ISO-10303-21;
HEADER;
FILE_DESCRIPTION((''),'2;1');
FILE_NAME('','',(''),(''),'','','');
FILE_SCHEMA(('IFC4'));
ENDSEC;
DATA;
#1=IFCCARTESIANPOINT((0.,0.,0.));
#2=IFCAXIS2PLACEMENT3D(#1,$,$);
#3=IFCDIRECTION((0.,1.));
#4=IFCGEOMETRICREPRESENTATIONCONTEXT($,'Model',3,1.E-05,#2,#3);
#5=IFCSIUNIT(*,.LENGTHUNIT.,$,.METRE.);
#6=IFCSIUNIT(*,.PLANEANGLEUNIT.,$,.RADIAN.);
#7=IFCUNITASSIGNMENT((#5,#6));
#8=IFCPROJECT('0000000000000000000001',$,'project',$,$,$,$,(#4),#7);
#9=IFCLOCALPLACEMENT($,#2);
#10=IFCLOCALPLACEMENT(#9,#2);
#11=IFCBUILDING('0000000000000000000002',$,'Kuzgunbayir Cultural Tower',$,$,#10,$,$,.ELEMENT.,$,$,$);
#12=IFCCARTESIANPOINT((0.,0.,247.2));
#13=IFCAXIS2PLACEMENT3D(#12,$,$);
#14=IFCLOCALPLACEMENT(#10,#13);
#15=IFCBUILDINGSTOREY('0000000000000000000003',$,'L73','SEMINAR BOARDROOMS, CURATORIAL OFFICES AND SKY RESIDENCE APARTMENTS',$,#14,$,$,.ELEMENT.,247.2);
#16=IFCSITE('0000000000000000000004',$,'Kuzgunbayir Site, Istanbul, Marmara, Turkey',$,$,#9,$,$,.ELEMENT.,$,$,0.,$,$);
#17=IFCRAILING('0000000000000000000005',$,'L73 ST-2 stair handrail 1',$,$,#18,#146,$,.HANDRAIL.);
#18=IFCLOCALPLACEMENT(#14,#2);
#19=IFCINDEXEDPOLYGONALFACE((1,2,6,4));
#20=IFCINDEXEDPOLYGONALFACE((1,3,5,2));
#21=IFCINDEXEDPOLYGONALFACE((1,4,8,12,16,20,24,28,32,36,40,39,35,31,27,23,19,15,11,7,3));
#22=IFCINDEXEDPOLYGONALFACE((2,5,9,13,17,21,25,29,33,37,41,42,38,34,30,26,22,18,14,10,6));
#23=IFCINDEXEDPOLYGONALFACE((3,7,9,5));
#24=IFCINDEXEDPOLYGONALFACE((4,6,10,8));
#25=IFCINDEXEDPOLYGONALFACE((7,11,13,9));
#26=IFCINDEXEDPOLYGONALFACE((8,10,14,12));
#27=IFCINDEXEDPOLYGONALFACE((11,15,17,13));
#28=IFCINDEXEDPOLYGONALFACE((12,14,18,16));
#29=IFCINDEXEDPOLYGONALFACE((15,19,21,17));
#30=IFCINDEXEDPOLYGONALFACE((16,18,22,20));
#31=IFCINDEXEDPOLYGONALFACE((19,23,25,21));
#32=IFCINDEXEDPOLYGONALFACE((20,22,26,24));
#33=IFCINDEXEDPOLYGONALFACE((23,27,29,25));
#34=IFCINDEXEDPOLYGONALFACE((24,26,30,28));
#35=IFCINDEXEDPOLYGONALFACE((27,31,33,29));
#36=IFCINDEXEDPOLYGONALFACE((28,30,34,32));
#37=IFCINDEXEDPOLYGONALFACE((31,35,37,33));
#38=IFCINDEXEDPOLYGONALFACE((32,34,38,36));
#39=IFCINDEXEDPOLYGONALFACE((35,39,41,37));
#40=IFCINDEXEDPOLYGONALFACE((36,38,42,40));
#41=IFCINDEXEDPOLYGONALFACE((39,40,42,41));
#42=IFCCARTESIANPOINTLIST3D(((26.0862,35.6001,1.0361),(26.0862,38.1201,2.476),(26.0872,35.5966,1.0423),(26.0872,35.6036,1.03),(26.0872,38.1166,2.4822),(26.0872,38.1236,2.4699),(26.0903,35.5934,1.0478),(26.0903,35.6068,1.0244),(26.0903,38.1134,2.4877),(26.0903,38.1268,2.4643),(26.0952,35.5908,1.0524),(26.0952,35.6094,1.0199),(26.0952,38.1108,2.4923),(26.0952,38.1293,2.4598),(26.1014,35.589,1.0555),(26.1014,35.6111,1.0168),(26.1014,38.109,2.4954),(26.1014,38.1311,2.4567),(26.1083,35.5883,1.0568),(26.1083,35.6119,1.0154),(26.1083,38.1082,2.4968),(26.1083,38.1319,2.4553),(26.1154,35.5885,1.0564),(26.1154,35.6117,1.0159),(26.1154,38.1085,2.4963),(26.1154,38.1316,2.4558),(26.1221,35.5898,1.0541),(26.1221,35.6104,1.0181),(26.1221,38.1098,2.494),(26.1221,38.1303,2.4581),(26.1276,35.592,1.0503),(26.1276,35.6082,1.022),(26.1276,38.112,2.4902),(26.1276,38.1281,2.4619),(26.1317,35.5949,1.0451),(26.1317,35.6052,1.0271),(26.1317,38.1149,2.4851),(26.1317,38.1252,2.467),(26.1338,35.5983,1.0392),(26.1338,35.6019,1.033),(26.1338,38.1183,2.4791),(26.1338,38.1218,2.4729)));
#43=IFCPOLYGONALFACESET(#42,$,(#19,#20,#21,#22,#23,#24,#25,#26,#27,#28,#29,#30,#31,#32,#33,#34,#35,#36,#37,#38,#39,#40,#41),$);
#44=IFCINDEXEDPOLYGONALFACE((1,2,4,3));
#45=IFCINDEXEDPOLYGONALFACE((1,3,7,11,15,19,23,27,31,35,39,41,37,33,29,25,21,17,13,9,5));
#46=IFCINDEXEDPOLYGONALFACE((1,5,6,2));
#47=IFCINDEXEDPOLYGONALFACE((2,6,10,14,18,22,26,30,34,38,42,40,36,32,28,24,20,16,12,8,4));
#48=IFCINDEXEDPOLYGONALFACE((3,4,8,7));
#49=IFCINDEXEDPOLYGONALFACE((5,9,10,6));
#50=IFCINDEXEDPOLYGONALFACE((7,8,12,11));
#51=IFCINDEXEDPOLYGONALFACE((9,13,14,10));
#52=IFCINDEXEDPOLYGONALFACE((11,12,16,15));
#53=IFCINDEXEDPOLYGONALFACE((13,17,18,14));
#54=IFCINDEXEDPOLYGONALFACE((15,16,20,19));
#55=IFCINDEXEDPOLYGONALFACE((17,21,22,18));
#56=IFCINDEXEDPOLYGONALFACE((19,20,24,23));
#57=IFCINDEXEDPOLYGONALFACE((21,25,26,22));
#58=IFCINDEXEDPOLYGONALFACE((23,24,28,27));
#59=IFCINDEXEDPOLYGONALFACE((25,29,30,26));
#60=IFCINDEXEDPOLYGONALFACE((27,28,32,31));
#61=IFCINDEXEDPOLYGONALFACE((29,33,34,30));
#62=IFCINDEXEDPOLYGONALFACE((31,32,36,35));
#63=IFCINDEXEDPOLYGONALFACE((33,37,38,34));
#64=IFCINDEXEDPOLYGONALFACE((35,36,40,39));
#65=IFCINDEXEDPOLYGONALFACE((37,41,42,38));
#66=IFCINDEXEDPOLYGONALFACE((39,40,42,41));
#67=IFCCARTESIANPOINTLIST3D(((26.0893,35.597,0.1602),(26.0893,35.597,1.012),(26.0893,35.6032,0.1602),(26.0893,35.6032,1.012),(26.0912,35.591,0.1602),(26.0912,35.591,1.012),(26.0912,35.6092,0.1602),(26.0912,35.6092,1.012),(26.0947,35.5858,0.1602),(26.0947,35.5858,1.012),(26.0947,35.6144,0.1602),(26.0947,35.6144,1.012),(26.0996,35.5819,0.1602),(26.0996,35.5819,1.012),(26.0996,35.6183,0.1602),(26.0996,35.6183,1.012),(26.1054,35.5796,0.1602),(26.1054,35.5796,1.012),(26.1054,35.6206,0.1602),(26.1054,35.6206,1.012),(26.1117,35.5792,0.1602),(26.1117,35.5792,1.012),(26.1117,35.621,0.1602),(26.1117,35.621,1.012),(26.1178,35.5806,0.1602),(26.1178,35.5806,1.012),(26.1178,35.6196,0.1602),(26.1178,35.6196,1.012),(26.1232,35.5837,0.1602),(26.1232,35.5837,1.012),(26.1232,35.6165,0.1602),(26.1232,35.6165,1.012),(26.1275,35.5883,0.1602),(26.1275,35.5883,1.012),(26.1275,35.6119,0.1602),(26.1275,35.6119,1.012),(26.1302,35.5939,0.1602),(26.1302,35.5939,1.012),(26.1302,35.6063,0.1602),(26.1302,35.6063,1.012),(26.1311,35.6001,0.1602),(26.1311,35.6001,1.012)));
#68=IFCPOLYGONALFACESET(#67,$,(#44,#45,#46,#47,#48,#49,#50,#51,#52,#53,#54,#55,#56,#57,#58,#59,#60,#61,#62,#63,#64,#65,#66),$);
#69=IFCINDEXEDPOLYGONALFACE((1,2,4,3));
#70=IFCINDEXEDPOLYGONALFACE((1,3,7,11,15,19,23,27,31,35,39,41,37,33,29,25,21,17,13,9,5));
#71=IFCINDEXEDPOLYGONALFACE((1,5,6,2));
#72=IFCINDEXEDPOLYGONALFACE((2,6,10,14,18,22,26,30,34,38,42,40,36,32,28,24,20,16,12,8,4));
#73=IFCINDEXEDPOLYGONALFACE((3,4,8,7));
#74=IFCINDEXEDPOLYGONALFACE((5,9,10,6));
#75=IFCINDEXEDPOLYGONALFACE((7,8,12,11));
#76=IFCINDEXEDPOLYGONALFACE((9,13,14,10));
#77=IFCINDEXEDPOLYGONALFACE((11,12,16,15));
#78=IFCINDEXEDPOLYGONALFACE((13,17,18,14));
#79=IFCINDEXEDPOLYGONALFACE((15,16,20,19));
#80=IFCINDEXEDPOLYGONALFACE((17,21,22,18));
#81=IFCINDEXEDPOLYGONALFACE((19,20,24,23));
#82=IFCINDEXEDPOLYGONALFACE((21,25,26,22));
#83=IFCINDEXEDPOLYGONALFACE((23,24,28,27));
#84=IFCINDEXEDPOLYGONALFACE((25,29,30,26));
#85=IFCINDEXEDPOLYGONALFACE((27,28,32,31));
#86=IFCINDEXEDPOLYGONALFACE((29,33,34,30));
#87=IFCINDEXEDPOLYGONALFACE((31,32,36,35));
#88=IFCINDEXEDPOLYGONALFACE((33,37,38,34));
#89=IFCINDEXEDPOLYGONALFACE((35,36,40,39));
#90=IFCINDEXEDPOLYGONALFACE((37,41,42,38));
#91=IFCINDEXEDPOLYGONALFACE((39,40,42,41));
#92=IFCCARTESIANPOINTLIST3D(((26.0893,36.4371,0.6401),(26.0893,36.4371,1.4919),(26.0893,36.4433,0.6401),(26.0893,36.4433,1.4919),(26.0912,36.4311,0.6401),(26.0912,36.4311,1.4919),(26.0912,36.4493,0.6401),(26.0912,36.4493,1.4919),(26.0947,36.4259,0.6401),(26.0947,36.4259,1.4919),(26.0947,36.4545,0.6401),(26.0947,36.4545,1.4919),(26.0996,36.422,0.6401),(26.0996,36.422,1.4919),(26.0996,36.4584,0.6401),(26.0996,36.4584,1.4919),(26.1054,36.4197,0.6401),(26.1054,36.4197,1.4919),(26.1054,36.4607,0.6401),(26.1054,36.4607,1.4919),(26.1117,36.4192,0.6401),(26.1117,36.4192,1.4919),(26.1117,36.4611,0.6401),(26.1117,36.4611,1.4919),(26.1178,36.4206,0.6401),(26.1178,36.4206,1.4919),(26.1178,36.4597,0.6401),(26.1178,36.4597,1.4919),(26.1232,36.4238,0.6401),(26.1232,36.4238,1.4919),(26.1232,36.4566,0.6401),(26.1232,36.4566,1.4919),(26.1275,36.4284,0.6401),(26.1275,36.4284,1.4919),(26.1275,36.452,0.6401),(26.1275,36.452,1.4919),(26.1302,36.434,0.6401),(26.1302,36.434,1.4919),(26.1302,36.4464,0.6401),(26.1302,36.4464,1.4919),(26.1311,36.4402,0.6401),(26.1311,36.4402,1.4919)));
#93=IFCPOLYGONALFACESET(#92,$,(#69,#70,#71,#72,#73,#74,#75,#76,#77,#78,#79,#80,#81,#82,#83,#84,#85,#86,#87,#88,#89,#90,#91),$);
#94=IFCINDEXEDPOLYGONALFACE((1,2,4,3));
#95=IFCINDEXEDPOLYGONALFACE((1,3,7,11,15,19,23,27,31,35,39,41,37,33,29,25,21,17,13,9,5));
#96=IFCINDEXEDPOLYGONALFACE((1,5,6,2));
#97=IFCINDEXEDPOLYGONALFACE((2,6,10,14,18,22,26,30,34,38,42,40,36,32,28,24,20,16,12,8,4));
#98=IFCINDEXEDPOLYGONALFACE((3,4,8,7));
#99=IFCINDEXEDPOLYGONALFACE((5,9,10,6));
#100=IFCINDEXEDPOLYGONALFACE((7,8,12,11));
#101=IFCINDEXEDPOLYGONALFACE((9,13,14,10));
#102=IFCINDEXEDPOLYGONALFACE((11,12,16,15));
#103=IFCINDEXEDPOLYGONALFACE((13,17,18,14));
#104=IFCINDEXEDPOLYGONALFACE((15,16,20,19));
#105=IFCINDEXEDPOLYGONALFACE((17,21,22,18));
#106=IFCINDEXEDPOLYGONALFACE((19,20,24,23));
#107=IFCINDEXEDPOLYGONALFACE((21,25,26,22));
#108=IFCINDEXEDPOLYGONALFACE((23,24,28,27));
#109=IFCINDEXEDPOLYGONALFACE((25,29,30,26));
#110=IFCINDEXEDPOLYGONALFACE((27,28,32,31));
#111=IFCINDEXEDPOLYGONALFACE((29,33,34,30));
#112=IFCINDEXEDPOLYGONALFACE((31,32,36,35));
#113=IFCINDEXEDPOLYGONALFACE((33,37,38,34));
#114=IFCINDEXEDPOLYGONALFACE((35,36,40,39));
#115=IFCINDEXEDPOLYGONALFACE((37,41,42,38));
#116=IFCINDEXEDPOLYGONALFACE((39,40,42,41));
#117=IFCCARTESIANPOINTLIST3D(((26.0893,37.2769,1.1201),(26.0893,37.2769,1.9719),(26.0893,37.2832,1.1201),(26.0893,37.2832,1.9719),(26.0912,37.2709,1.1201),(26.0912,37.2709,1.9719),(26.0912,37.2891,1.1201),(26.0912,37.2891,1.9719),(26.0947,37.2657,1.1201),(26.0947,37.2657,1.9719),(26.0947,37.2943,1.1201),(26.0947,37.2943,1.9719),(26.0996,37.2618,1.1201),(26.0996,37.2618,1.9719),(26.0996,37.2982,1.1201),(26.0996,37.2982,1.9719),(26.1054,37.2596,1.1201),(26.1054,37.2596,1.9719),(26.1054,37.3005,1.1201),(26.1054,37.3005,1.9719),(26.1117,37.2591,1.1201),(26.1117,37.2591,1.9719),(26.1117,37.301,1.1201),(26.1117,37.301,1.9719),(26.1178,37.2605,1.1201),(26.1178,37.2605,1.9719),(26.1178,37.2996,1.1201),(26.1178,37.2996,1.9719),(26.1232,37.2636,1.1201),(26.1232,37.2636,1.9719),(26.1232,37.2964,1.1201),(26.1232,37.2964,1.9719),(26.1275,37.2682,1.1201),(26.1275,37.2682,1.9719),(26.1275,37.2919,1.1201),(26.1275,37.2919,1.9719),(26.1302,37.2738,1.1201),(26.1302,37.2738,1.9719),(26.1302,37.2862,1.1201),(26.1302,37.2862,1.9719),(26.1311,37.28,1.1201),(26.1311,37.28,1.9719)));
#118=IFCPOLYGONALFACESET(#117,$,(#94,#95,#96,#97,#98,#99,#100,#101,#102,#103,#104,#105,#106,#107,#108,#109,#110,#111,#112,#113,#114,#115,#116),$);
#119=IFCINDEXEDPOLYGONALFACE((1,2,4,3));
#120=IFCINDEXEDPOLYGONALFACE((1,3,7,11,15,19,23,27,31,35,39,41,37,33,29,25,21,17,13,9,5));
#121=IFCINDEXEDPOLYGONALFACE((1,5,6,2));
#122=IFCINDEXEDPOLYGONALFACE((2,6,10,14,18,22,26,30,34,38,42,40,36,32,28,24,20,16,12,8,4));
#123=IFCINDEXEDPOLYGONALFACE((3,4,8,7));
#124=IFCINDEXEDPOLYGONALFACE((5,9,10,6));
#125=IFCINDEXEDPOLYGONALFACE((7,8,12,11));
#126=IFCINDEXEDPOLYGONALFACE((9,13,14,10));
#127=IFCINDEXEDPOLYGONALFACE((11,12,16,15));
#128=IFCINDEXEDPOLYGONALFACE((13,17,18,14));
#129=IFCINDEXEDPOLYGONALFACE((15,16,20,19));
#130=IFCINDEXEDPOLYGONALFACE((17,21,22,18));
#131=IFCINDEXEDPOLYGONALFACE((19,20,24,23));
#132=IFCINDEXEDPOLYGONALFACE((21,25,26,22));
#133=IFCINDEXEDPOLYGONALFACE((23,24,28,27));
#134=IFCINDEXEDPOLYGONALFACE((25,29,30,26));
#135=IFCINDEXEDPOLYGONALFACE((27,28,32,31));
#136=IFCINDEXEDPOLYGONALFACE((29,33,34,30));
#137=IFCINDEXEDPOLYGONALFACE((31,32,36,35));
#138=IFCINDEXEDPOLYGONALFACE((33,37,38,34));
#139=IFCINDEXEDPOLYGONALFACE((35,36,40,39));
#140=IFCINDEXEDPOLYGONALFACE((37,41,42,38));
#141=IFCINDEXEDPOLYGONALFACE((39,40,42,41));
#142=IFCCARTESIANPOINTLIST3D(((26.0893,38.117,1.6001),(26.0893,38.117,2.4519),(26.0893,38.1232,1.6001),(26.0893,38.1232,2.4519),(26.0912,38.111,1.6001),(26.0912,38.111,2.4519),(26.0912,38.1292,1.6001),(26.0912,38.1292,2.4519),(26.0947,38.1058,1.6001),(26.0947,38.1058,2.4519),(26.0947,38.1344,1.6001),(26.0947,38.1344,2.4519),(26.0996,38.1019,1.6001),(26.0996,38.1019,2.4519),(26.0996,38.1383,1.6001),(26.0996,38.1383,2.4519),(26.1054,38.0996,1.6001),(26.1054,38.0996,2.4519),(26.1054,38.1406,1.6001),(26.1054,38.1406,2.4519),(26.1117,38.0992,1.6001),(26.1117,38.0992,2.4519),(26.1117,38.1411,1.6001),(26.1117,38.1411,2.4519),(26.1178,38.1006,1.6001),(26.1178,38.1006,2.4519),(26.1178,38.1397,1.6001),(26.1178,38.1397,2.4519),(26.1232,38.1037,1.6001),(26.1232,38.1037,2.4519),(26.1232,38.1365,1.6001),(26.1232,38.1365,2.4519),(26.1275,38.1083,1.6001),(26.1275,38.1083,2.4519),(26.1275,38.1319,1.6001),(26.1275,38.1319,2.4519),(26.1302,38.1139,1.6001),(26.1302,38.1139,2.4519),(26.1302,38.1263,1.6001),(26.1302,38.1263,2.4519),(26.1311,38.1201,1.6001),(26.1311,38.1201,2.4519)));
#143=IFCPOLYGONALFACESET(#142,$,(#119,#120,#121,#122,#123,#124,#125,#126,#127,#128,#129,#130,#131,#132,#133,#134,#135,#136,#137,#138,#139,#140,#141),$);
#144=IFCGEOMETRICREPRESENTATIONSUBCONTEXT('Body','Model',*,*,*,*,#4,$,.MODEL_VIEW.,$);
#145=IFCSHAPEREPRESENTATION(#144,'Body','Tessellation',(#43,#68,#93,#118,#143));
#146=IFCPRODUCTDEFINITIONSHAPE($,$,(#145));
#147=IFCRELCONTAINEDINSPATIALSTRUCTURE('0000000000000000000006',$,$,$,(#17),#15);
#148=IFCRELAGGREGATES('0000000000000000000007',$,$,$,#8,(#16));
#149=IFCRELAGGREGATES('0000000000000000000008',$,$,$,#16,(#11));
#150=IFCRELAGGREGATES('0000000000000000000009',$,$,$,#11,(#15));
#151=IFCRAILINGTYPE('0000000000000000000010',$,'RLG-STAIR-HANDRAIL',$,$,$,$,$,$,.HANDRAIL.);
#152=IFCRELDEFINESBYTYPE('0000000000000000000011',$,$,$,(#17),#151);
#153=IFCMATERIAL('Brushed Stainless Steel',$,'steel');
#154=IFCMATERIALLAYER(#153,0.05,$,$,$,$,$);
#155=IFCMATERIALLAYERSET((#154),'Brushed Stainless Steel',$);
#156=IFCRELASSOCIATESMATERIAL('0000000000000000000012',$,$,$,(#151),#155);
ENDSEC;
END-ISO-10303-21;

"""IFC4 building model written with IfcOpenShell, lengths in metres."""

from ifc_helpers import new_model, si_unit, direction, frame, origin, origin_2d, place, context, subcontext, project, spatial, circle, extrude, material, layer, layer_set, type_object, element, save


model = new_model("IFC4")

# Units and contexts
model_context = context("Model", 3, precision=1e-05, world=origin(), true_north=direction((0.0, 1.0)))
body_context = subcontext(model_context, "Body", "Model", "MODEL_VIEW")
ifc_project = project(units=[si_unit("LENGTHUNIT", "METRE"), si_unit("PLANEANGLEUNIT", "RADIAN")], contexts=[model_context])

# Site, building, storey
site_placement = place(None, origin())
site = spatial("IfcSite", under=ifc_project, at=site_placement, Name="Kuzgunbayir Site, Istanbul, Marmara, Turkey", CompositionType="ELEMENT", RefElevation=0.0)
building_placement = place(site_placement, origin())
building = spatial("IfcBuilding", under=site, at=building_placement, Name="Kuzgunbayir Cultural Tower", CompositionType="ELEMENT")
storey_placement = place(building_placement, frame((0.0, 0.0, 247.2)))
storey = spatial("IfcBuildingStorey", under=building, at=storey_placement, Name="L73", Description="SEMINAR BOARDROOMS, CURATORIAL OFFICES AND SKY RESIDENCE APARTMENTS", CompositionType="ELEMENT", Elevation=247.2)

# Railing
ifc_material_1 = material(Name="Brushed Stainless Steel", Category="steel")
ifc_layer_1 = layer(ifc_material_1, 0.05)
ifc_layer_set_1 = layer_set([ifc_layer_1], Name="Brushed Stainless Steel")
railing_type_1 = type_object("IfcRailingType", Name="RLG-STAIR-HANDRAIL", PredefinedType="HANDRAIL", material=ifc_layer_set_1)
railing_1_placement = place(storey_placement, frame((26.1101, 35.6001, 0.1602)))
element("IfcRailing", 1, at=railing_1_placement, inside=storey, type_object=railing_type_1, Name="L73 ST-2 stair handrail 1", PredefinedType="HANDRAIL", context=body_context, shape_type="SweptSolid", body=[
    extrude(circle(Radius=0.0239, at=origin_2d()), frame((0.0, 0.0, 0.876), z_axis=(0.0, 0.868253, 0.496121), x_axis=(-1.0, 0.0, 0.0)), (0.0, 0.0, 1.0), 2.9023),
    extrude(circle(Radius=0.021, at=origin_2d()), origin(), (0.0, 0.0, 1.0), 0.8518),
    extrude(circle(Radius=0.021, at=origin_2d()), frame((0.0, 0.8401, 0.48)), (0.0, 0.0, 1.0), 0.8518),
    extrude(circle(Radius=0.021, at=origin_2d()), frame((0.0, 1.6799, 0.96)), (0.0, 0.0, 1.0), 0.8518),
    extrude(circle(Radius=0.021, at=origin_2d()), frame((0.0, 2.52, 1.4399)), (0.0, 0.0, 1.0), 0.8518),
])

save(model, "model.ifc")
